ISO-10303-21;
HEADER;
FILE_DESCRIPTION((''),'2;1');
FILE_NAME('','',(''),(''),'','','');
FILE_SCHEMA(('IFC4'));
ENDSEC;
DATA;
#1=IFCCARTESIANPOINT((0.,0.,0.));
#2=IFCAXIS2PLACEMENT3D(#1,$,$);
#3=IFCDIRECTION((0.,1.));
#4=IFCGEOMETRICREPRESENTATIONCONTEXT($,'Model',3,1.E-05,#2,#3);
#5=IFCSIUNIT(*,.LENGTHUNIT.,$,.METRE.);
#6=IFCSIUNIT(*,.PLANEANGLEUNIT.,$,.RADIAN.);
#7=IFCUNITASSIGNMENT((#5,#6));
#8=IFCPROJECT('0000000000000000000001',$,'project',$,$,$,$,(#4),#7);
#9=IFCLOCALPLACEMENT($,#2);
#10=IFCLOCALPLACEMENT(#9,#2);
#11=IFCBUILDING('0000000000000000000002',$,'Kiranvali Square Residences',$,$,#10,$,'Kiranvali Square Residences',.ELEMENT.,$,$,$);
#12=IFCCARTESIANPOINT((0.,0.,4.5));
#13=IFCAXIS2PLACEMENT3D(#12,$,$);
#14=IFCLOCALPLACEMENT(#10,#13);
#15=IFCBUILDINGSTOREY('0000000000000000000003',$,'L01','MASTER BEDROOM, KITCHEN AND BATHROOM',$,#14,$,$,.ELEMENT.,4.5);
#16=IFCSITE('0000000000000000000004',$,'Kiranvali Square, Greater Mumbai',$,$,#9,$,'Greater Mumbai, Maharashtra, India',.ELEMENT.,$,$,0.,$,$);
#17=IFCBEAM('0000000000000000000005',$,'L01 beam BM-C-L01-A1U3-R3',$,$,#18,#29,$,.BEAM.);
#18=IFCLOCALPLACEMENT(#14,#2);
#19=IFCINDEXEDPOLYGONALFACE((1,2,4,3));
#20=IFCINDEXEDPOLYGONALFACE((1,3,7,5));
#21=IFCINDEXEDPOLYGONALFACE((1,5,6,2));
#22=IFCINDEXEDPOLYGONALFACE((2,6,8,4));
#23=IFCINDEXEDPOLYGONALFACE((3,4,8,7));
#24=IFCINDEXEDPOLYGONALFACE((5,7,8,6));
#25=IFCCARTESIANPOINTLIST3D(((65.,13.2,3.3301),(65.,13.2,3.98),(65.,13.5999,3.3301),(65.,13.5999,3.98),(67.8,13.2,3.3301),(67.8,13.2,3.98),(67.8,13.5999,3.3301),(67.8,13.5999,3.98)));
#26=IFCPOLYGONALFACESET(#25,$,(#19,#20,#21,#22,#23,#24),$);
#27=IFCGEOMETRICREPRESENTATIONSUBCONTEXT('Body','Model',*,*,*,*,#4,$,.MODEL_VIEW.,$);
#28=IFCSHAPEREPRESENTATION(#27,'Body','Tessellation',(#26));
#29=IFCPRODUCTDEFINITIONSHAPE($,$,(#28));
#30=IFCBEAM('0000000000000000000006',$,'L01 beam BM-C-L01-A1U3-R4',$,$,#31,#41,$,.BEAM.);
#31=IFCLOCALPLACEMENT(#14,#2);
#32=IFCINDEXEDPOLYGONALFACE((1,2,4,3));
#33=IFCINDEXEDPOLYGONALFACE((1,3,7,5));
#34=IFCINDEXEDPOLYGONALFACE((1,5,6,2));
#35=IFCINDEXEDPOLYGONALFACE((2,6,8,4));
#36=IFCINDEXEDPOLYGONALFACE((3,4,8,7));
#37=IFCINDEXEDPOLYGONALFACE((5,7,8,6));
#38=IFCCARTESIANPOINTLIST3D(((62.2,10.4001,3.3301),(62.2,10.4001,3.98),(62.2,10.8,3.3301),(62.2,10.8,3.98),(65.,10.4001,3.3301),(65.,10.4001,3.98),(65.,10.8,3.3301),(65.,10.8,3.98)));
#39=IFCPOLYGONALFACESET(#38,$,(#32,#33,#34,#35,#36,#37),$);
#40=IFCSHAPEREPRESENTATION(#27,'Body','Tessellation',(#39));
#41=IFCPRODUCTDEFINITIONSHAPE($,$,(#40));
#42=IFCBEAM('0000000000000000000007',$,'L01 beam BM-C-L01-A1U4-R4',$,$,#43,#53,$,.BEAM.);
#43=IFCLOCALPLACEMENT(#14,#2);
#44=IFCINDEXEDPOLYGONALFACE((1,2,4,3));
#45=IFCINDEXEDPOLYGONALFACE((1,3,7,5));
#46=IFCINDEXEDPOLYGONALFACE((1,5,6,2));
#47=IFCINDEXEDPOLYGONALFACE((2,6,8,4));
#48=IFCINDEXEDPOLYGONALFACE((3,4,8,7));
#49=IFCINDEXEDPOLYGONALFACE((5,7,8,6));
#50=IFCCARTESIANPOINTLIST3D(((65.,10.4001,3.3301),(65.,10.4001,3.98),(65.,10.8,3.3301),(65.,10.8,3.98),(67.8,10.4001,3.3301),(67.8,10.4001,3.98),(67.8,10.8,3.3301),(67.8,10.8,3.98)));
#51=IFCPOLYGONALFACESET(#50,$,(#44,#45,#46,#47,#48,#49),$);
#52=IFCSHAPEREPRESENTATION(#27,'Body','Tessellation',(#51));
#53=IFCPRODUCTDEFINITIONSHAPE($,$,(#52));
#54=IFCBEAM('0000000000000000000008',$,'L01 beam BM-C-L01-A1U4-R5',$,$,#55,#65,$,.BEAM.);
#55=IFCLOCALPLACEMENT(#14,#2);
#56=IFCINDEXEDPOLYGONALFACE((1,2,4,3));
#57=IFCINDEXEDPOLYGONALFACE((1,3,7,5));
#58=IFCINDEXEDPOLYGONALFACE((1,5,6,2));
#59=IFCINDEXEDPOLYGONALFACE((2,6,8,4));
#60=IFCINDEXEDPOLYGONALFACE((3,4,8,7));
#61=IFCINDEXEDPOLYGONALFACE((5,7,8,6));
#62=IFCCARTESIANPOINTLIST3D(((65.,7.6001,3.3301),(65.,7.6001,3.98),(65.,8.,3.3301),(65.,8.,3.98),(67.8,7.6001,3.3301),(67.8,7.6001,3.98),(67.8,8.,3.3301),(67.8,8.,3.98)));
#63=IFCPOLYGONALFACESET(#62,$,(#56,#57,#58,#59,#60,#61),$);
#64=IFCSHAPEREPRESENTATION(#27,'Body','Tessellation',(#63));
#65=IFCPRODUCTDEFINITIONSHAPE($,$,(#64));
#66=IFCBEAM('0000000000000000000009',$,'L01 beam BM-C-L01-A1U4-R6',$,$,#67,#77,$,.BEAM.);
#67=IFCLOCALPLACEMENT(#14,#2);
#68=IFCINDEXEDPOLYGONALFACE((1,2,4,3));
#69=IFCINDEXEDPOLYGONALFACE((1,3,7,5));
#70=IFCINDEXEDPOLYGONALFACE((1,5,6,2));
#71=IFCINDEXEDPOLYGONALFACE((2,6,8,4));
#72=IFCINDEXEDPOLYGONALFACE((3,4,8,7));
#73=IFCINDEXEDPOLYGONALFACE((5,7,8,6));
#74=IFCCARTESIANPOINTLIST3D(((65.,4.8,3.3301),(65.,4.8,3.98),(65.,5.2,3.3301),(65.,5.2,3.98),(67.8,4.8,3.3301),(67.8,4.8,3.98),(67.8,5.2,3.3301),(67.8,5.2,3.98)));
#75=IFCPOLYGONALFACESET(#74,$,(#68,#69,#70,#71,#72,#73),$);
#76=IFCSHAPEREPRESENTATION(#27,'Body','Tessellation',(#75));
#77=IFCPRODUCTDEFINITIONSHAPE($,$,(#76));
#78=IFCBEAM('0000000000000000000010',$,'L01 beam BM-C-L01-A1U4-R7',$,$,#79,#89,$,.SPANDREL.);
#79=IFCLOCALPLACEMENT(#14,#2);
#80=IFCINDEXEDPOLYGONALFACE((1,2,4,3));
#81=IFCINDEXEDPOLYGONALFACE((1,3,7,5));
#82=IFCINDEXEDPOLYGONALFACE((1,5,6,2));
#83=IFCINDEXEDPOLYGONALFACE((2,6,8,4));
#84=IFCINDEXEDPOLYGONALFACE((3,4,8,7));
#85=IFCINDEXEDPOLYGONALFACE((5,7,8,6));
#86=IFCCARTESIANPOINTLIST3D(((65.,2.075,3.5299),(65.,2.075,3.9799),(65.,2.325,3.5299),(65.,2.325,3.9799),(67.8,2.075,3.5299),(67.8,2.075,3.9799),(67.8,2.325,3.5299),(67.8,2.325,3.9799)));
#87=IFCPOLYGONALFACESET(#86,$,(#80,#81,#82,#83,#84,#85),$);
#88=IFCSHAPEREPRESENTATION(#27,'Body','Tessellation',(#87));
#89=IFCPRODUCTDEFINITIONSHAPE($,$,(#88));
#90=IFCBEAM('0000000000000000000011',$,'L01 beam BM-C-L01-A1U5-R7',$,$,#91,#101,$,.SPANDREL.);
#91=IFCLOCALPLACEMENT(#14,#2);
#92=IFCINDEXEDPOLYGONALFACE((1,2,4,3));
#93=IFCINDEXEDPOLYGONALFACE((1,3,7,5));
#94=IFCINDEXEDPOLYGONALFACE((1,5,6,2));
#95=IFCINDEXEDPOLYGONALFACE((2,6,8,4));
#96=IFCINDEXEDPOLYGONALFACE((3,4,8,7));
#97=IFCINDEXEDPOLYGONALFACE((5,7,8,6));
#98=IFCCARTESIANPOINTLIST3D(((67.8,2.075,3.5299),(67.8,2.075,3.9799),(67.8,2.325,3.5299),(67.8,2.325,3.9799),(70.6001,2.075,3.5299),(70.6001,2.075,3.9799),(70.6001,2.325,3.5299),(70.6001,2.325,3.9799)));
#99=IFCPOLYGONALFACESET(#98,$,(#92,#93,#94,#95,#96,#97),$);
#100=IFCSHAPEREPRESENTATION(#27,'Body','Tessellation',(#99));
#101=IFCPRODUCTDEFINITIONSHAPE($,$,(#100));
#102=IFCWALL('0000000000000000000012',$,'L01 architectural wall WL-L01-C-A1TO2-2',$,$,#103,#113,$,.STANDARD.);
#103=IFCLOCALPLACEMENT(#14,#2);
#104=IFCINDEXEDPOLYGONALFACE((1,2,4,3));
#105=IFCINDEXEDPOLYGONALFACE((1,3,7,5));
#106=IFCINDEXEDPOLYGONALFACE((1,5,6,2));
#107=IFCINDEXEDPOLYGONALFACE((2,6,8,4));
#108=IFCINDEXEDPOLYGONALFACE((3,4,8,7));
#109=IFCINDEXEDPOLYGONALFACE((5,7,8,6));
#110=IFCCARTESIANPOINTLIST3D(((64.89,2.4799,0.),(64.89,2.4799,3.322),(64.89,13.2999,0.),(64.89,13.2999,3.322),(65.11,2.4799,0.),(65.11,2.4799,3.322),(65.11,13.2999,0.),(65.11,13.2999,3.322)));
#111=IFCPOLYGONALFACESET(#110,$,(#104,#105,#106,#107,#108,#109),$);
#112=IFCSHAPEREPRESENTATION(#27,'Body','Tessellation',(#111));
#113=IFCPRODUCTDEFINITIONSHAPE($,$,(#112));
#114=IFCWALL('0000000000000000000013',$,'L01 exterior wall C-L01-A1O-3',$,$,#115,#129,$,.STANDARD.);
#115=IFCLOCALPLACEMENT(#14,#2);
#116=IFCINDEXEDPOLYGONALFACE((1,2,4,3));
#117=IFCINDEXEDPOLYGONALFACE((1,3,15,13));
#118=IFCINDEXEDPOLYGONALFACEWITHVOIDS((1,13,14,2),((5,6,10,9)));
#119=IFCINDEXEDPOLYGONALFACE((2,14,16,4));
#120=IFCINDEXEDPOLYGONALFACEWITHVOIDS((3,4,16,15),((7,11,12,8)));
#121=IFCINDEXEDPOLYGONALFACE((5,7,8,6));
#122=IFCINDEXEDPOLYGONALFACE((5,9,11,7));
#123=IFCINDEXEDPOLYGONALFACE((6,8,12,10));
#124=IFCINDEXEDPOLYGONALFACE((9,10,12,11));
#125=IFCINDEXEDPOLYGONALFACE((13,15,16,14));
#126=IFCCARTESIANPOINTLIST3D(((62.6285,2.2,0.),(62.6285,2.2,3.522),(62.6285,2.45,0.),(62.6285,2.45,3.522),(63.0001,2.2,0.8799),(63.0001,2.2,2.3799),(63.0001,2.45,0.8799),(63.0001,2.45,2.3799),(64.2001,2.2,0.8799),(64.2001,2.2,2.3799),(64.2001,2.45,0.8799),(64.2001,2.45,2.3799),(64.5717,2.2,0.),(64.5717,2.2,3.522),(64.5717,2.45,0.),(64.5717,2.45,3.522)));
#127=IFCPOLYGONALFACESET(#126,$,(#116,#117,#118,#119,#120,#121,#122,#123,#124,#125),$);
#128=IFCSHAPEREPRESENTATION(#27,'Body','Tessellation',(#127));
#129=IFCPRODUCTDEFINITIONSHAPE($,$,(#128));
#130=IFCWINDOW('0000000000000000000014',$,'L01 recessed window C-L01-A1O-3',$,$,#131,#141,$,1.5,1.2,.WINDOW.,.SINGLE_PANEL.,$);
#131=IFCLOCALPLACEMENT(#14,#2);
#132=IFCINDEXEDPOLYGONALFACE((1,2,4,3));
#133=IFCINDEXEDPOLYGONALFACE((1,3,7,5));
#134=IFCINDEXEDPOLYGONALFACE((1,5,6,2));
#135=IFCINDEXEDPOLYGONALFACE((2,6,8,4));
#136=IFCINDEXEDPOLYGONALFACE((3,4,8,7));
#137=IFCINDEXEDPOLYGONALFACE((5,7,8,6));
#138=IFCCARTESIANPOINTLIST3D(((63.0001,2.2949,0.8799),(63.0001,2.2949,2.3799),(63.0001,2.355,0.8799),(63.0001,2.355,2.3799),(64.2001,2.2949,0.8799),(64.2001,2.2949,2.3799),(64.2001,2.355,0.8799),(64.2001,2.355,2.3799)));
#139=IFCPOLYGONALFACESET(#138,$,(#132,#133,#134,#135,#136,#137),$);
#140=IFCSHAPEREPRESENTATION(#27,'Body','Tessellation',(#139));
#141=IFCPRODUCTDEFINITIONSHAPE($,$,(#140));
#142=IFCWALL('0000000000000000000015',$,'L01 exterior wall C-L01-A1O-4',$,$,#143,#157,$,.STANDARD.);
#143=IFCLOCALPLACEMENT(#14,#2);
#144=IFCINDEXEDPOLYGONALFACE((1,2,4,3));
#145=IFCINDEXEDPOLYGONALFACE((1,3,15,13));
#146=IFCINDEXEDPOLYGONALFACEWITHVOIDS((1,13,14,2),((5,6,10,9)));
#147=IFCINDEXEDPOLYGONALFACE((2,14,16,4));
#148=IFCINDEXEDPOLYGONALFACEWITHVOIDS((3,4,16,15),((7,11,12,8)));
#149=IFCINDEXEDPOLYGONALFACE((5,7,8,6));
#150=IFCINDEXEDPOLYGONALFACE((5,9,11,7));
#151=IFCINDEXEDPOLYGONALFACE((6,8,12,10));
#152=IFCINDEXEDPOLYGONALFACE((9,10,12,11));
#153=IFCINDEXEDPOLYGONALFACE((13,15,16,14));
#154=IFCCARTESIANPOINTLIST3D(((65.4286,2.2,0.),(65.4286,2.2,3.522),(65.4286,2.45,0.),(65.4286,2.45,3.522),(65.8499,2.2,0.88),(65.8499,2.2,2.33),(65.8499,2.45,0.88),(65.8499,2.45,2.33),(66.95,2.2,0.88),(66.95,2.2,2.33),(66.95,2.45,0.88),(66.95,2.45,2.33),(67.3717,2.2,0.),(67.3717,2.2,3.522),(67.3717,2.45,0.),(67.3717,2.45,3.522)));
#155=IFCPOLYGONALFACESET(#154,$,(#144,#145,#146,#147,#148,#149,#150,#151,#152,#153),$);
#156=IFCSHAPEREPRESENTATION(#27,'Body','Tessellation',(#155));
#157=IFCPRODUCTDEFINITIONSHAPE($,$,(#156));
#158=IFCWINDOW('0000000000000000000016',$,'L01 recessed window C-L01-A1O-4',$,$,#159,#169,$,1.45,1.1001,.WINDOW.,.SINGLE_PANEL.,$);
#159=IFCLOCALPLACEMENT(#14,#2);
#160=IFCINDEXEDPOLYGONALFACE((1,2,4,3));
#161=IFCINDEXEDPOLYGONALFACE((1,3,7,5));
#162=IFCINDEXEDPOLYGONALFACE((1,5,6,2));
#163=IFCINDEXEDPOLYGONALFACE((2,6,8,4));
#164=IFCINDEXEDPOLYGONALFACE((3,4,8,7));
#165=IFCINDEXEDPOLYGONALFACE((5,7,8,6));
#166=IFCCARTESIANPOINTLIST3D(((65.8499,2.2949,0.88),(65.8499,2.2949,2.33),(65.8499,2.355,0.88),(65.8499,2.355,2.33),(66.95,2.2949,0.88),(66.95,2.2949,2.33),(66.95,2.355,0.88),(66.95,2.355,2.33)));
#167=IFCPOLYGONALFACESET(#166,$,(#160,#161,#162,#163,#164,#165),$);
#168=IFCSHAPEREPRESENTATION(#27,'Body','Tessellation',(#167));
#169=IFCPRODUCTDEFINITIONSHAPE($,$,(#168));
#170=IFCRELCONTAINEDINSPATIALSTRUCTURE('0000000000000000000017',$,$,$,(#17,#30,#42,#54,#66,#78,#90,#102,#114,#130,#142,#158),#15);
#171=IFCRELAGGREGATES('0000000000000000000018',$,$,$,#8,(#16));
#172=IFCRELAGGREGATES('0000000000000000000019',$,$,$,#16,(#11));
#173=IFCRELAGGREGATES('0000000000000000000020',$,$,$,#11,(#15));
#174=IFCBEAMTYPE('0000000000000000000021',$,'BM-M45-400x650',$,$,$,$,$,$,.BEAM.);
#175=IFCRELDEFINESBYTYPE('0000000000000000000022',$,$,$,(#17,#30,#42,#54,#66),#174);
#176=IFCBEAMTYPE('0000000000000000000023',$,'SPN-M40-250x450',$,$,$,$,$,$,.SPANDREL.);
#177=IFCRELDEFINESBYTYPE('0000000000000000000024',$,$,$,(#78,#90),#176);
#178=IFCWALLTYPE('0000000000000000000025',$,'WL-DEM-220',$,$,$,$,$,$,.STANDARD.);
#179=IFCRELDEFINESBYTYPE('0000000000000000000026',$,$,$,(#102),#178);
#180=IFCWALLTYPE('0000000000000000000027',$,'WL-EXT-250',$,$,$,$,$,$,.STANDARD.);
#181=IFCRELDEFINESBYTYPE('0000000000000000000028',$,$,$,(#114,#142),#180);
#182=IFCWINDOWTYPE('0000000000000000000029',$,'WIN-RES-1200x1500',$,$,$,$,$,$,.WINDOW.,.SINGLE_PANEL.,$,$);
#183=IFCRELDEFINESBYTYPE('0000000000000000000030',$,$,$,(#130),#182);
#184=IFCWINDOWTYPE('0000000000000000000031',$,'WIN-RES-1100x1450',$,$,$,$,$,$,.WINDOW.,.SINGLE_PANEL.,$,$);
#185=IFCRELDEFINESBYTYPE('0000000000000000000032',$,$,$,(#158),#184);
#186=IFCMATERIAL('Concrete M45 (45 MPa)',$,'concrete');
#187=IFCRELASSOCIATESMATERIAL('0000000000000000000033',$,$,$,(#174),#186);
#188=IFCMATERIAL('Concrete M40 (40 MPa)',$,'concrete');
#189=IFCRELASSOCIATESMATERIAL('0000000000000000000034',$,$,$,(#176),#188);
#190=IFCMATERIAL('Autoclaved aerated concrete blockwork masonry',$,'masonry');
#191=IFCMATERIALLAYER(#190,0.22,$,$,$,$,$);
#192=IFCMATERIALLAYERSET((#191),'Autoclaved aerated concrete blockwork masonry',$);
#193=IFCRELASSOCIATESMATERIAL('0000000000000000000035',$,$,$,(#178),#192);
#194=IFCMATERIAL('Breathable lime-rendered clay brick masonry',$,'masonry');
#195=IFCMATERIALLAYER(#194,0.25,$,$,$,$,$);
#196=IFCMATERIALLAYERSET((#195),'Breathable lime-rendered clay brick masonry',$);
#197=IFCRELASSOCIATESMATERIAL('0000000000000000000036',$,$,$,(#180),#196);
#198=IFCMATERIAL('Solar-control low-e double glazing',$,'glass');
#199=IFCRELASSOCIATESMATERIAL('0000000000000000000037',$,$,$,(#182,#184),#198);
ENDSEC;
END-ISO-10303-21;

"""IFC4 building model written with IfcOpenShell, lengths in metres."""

from ifc_helpers import new_model, si_unit, direction, frame, frame_2d, origin, origin_2d, place, context, subcontext, project, spatial, rectangle, extrude, material, layer, layer_set, material_profile, profile_set, type_object, element, fill, save


model = new_model("IFC4")

# Units and contexts
model_context = context("Model", 3, precision=1e-05, world=origin(), true_north=direction((0.0, 1.0)))
body_context = subcontext(model_context, "Body", "Model", "MODEL_VIEW")
ifc_project = project(units=[si_unit("LENGTHUNIT", "METRE"), si_unit("PLANEANGLEUNIT", "RADIAN")], contexts=[model_context])

# Site, building, storey
site_placement = place(None, origin())
site = spatial("IfcSite", under=ifc_project, at=site_placement, Name="Kiranvali Square, Greater Mumbai", LongName="Greater Mumbai, Maharashtra, India", CompositionType="ELEMENT", RefElevation=0.0)
building_placement = place(site_placement, origin())
building = spatial("IfcBuilding", under=site, at=building_placement, Name="Kiranvali Square Residences", LongName="Kiranvali Square Residences", CompositionType="ELEMENT")
storey_placement = place(building_placement, frame((0.0, 0.0, 4.5)))
storey = spatial("IfcBuildingStorey", under=building, at=storey_placement, Name="L01", Description="MASTER BEDROOM, KITCHEN AND BATHROOM", CompositionType="ELEMENT", Elevation=4.5)

# Beams
ifc_material_1 = material(Name="Concrete M40 (40 MPa)", Category="concrete")
ifc_material_2 = material(Name="Concrete M45 (45 MPa)", Category="concrete")
ifc_material_profile_1 = material_profile(ifc_material_2, rectangle(XDim=0.3999, YDim=0.6499, at=origin_2d()), Name="RC 400x650")
ifc_profile_set_1 = profile_set([ifc_material_profile_1], Name="Concrete M45 (45 MPa)")
beam_type_1 = type_object("IfcBeamType", Name="BM-M45-400x650", PredefinedType="BEAM", material=ifc_profile_set_1)
for number, where, z_axis, x_axis, name in (
    (1, (65.0, 13.3999, 3.655), (1.0, 0.0, 0.0), (0.0, 1.0, 0.0), "L01 beam BM-C-L01-A1U3-R3"),
    (2, (62.2, 10.6001, 3.655), (1.0, 0.0, 0.0), (0.0, 1.0, 0.0), "L01 beam BM-C-L01-A1U3-R4"),
    (3, (65.0, 10.6001, 3.655), (1.0, 0.0, 0.0), (0.0, 1.0, 0.0), "L01 beam BM-C-L01-A1U4-R4"),
    (4, (65.0, 7.8, 3.655), (1.0, 0.0, 0.0), (0.0, 1.0, 0.0), "L01 beam BM-C-L01-A1U4-R5"),
    (5, (65.0, 5.0, 3.655), (1.0, 0.0, 0.0), (0.0, 1.0, 0.0), "L01 beam BM-C-L01-A1U4-R6"),
):
    element("IfcBeam", number, at=place(storey_placement, frame(where, z_axis=z_axis, x_axis=x_axis)), inside=storey, type_object=beam_type_1, Name=name, PredefinedType="BEAM", context=body_context, shape_type="SweptSolid", body=[
        extrude(rectangle(XDim=0.3999, YDim=0.6499, at=origin_2d()), origin(), (0.0, 0.0, 1.0), 2.8),
    ])
ifc_material_profile_2 = material_profile(ifc_material_1, rectangle(XDim=0.25, YDim=0.45, at=origin_2d()), Name="RC 250x450")
ifc_profile_set_2 = profile_set([ifc_material_profile_2], Name="Concrete M40 (40 MPa)")
beam_type_2 = type_object("IfcBeamType", Name="SPN-M40-250x450", PredefinedType="SPANDREL", material=ifc_profile_set_2)
for number, where, z_axis, x_axis, name in (
    (6, (65.0, 2.2, 3.7549), (1.0, 0.0, 0.0), (0.0, 1.0, 0.0), "L01 beam BM-C-L01-A1U4-R7"),
    (7, (67.8, 2.2, 3.7549), (1.0, 0.0, 0.0), (0.0, 1.0, 0.0), "L01 beam BM-C-L01-A1U5-R7"),
):
    element("IfcBeam", number, at=place(storey_placement, frame(where, z_axis=z_axis, x_axis=x_axis)), inside=storey, type_object=beam_type_2, Name=name, PredefinedType="SPANDREL", context=body_context, shape_type="SweptSolid", body=[
        extrude(rectangle(XDim=0.25, YDim=0.45, at=origin_2d()), origin(), (0.0, 0.0, 1.0), 2.8),
    ])

# Wall
ifc_material_3 = material(Name="Autoclaved aerated concrete blockwork masonry", Category="masonry")
ifc_layer_1 = layer(ifc_material_3, 0.22)
ifc_layer_set_1 = layer_set([ifc_layer_1], Name="Autoclaved aerated concrete blockwork masonry")
wall_type_1 = type_object("IfcWallType", Name="WL-DEM-220", PredefinedType="STANDARD", material=ifc_layer_set_1)
wall_1_placement = place(storey_placement, frame((65.0, 13.3, 0.0), z_axis=(0.0, 0.0, 1.0), x_axis=(0.0, -1.0, 0.0)))
element("IfcWall", 8, at=wall_1_placement, inside=storey, type_object=wall_type_1, Name="L01 architectural wall WL-L01-C-A1TO2-2", PredefinedType="STANDARD", context=body_context, shape_type="SweptSolid", body=[
    extrude(rectangle(XDim=10.8201, YDim=0.22, at=frame_2d((5.4102, 0.0))), origin(), (0.0, 0.0, 1.0), 3.322),
])

# Walls, openings, windows
ifc_material_4 = material(Name="Breathable lime-rendered clay brick masonry", Category="masonry")
ifc_layer_2 = layer(ifc_material_4, 0.25)
ifc_layer_set_2 = layer_set([ifc_layer_2], Name="Breathable lime-rendered clay brick masonry")
wall_type_2 = type_object("IfcWallType", Name="WL-EXT-250", PredefinedType="STANDARD", material=ifc_layer_set_2)
wall_2_placement = place(storey_placement, frame((62.6284, 2.325, 0.0), z_axis=(0.0, 0.0, 1.0), x_axis=(1.0, 0.0, 0.0)))
wall_2 = element("IfcWall", 9, at=wall_2_placement, inside=storey, type_object=wall_type_2, Name="L01 exterior wall C-L01-A1O-3", PredefinedType="STANDARD", context=body_context, shape_type="SweptSolid", body=[
    extrude(rectangle(XDim=1.9431, YDim=0.25, at=frame_2d((0.9717, 0.0))), origin(), (0.0, 0.0, 1.0), 3.522),
])
opening_1_placement = place(wall_2_placement, frame((0.3716, 0.0, 0.8799)))
opening_1 = element("IfcOpeningElement", 10, at=opening_1_placement, cuts=wall_2, PredefinedType="OPENING", context=body_context, shape_type="SweptSolid", body=[
    extrude(rectangle(XDim=1.2, YDim=1.5, at=frame_2d((0.6001, 0.75))), frame((0.0, 0.135, 0.0), z_axis=(0.0, -1.0, 0.0), x_axis=(1.0, 0.0, 0.0)), (0.0, 0.0, 1.0), 0.27),
])
ifc_material_5 = material(Name="Solar-control low-e double glazing", Category="glass")
window_type_1 = type_object("IfcWindowType", Name="WIN-RES-1200x1500", PartitioningType="SINGLE_PANEL", PredefinedType="WINDOW", material=ifc_material_5)
window_1_placement = place(opening_1_placement, origin())
window_1 = element("IfcWindow", 11, at=window_1_placement, inside=storey, type_object=window_type_1, Name="L01 recessed window C-L01-A1O-3", OverallHeight=1.5, OverallWidth=1.2, PartitioningType="SINGLE_PANEL", PredefinedType="WINDOW", context=body_context, shape_type="SweptSolid", body=[
    extrude(rectangle(XDim=1.2, YDim=1.5, at=frame_2d((0.6001, 0.75))), frame((0.0, 0.03, 0.0), z_axis=(0.0, -1.0, 0.0), x_axis=(1.0, 0.0, 0.0)), (0.0, 0.0, 1.0), 0.0601),
])
fill(opening_1, window_1)
wall_3_placement = place(storey_placement, frame((65.4285, 2.325, 0.0), z_axis=(0.0, 0.0, 1.0), x_axis=(1.0, 0.0, 0.0)))
wall_3 = element("IfcWall", 12, at=wall_3_placement, inside=storey, type_object=wall_type_2, Name="L01 exterior wall C-L01-A1O-4", PredefinedType="STANDARD", context=body_context, shape_type="SweptSolid", body=[
    extrude(rectangle(XDim=1.9431, YDim=0.25, at=frame_2d((0.9717, 0.0))), origin(), (0.0, 0.0, 1.0), 3.522),
])
opening_2_placement = place(wall_3_placement, frame((0.4214, 0.0, 0.8799)))
opening_2 = element("IfcOpeningElement", 13, at=opening_2_placement, cuts=wall_3, PredefinedType="OPENING", context=body_context, shape_type="SweptSolid", body=[
    extrude(rectangle(XDim=1.1001, YDim=1.45, at=frame_2d((0.55, 0.7251))), frame((0.0, 0.135, 0.0), z_axis=(0.0, -1.0, 0.0), x_axis=(1.0, 0.0, 0.0)), (0.0, 0.0, 1.0), 0.27),
])
window_type_2 = type_object("IfcWindowType", Name="WIN-RES-1100x1450", PartitioningType="SINGLE_PANEL", PredefinedType="WINDOW", material=ifc_material_5)
window_2_placement = place(opening_2_placement, origin())
window_2 = element("IfcWindow", 14, at=window_2_placement, inside=storey, type_object=window_type_2, Name="L01 recessed window C-L01-A1O-4", OverallHeight=1.45, OverallWidth=1.1001, PartitioningType="SINGLE_PANEL", PredefinedType="WINDOW", context=body_context, shape_type="SweptSolid", body=[
    extrude(rectangle(XDim=1.1001, YDim=1.45, at=frame_2d((0.55, 0.7251))), frame((0.0, 0.03, 0.0), z_axis=(0.0, -1.0, 0.0), x_axis=(1.0, 0.0, 0.0)), (0.0, 0.0, 1.0), 0.0601),
])
fill(opening_2, window_2)

save(model, "model.ifc")
